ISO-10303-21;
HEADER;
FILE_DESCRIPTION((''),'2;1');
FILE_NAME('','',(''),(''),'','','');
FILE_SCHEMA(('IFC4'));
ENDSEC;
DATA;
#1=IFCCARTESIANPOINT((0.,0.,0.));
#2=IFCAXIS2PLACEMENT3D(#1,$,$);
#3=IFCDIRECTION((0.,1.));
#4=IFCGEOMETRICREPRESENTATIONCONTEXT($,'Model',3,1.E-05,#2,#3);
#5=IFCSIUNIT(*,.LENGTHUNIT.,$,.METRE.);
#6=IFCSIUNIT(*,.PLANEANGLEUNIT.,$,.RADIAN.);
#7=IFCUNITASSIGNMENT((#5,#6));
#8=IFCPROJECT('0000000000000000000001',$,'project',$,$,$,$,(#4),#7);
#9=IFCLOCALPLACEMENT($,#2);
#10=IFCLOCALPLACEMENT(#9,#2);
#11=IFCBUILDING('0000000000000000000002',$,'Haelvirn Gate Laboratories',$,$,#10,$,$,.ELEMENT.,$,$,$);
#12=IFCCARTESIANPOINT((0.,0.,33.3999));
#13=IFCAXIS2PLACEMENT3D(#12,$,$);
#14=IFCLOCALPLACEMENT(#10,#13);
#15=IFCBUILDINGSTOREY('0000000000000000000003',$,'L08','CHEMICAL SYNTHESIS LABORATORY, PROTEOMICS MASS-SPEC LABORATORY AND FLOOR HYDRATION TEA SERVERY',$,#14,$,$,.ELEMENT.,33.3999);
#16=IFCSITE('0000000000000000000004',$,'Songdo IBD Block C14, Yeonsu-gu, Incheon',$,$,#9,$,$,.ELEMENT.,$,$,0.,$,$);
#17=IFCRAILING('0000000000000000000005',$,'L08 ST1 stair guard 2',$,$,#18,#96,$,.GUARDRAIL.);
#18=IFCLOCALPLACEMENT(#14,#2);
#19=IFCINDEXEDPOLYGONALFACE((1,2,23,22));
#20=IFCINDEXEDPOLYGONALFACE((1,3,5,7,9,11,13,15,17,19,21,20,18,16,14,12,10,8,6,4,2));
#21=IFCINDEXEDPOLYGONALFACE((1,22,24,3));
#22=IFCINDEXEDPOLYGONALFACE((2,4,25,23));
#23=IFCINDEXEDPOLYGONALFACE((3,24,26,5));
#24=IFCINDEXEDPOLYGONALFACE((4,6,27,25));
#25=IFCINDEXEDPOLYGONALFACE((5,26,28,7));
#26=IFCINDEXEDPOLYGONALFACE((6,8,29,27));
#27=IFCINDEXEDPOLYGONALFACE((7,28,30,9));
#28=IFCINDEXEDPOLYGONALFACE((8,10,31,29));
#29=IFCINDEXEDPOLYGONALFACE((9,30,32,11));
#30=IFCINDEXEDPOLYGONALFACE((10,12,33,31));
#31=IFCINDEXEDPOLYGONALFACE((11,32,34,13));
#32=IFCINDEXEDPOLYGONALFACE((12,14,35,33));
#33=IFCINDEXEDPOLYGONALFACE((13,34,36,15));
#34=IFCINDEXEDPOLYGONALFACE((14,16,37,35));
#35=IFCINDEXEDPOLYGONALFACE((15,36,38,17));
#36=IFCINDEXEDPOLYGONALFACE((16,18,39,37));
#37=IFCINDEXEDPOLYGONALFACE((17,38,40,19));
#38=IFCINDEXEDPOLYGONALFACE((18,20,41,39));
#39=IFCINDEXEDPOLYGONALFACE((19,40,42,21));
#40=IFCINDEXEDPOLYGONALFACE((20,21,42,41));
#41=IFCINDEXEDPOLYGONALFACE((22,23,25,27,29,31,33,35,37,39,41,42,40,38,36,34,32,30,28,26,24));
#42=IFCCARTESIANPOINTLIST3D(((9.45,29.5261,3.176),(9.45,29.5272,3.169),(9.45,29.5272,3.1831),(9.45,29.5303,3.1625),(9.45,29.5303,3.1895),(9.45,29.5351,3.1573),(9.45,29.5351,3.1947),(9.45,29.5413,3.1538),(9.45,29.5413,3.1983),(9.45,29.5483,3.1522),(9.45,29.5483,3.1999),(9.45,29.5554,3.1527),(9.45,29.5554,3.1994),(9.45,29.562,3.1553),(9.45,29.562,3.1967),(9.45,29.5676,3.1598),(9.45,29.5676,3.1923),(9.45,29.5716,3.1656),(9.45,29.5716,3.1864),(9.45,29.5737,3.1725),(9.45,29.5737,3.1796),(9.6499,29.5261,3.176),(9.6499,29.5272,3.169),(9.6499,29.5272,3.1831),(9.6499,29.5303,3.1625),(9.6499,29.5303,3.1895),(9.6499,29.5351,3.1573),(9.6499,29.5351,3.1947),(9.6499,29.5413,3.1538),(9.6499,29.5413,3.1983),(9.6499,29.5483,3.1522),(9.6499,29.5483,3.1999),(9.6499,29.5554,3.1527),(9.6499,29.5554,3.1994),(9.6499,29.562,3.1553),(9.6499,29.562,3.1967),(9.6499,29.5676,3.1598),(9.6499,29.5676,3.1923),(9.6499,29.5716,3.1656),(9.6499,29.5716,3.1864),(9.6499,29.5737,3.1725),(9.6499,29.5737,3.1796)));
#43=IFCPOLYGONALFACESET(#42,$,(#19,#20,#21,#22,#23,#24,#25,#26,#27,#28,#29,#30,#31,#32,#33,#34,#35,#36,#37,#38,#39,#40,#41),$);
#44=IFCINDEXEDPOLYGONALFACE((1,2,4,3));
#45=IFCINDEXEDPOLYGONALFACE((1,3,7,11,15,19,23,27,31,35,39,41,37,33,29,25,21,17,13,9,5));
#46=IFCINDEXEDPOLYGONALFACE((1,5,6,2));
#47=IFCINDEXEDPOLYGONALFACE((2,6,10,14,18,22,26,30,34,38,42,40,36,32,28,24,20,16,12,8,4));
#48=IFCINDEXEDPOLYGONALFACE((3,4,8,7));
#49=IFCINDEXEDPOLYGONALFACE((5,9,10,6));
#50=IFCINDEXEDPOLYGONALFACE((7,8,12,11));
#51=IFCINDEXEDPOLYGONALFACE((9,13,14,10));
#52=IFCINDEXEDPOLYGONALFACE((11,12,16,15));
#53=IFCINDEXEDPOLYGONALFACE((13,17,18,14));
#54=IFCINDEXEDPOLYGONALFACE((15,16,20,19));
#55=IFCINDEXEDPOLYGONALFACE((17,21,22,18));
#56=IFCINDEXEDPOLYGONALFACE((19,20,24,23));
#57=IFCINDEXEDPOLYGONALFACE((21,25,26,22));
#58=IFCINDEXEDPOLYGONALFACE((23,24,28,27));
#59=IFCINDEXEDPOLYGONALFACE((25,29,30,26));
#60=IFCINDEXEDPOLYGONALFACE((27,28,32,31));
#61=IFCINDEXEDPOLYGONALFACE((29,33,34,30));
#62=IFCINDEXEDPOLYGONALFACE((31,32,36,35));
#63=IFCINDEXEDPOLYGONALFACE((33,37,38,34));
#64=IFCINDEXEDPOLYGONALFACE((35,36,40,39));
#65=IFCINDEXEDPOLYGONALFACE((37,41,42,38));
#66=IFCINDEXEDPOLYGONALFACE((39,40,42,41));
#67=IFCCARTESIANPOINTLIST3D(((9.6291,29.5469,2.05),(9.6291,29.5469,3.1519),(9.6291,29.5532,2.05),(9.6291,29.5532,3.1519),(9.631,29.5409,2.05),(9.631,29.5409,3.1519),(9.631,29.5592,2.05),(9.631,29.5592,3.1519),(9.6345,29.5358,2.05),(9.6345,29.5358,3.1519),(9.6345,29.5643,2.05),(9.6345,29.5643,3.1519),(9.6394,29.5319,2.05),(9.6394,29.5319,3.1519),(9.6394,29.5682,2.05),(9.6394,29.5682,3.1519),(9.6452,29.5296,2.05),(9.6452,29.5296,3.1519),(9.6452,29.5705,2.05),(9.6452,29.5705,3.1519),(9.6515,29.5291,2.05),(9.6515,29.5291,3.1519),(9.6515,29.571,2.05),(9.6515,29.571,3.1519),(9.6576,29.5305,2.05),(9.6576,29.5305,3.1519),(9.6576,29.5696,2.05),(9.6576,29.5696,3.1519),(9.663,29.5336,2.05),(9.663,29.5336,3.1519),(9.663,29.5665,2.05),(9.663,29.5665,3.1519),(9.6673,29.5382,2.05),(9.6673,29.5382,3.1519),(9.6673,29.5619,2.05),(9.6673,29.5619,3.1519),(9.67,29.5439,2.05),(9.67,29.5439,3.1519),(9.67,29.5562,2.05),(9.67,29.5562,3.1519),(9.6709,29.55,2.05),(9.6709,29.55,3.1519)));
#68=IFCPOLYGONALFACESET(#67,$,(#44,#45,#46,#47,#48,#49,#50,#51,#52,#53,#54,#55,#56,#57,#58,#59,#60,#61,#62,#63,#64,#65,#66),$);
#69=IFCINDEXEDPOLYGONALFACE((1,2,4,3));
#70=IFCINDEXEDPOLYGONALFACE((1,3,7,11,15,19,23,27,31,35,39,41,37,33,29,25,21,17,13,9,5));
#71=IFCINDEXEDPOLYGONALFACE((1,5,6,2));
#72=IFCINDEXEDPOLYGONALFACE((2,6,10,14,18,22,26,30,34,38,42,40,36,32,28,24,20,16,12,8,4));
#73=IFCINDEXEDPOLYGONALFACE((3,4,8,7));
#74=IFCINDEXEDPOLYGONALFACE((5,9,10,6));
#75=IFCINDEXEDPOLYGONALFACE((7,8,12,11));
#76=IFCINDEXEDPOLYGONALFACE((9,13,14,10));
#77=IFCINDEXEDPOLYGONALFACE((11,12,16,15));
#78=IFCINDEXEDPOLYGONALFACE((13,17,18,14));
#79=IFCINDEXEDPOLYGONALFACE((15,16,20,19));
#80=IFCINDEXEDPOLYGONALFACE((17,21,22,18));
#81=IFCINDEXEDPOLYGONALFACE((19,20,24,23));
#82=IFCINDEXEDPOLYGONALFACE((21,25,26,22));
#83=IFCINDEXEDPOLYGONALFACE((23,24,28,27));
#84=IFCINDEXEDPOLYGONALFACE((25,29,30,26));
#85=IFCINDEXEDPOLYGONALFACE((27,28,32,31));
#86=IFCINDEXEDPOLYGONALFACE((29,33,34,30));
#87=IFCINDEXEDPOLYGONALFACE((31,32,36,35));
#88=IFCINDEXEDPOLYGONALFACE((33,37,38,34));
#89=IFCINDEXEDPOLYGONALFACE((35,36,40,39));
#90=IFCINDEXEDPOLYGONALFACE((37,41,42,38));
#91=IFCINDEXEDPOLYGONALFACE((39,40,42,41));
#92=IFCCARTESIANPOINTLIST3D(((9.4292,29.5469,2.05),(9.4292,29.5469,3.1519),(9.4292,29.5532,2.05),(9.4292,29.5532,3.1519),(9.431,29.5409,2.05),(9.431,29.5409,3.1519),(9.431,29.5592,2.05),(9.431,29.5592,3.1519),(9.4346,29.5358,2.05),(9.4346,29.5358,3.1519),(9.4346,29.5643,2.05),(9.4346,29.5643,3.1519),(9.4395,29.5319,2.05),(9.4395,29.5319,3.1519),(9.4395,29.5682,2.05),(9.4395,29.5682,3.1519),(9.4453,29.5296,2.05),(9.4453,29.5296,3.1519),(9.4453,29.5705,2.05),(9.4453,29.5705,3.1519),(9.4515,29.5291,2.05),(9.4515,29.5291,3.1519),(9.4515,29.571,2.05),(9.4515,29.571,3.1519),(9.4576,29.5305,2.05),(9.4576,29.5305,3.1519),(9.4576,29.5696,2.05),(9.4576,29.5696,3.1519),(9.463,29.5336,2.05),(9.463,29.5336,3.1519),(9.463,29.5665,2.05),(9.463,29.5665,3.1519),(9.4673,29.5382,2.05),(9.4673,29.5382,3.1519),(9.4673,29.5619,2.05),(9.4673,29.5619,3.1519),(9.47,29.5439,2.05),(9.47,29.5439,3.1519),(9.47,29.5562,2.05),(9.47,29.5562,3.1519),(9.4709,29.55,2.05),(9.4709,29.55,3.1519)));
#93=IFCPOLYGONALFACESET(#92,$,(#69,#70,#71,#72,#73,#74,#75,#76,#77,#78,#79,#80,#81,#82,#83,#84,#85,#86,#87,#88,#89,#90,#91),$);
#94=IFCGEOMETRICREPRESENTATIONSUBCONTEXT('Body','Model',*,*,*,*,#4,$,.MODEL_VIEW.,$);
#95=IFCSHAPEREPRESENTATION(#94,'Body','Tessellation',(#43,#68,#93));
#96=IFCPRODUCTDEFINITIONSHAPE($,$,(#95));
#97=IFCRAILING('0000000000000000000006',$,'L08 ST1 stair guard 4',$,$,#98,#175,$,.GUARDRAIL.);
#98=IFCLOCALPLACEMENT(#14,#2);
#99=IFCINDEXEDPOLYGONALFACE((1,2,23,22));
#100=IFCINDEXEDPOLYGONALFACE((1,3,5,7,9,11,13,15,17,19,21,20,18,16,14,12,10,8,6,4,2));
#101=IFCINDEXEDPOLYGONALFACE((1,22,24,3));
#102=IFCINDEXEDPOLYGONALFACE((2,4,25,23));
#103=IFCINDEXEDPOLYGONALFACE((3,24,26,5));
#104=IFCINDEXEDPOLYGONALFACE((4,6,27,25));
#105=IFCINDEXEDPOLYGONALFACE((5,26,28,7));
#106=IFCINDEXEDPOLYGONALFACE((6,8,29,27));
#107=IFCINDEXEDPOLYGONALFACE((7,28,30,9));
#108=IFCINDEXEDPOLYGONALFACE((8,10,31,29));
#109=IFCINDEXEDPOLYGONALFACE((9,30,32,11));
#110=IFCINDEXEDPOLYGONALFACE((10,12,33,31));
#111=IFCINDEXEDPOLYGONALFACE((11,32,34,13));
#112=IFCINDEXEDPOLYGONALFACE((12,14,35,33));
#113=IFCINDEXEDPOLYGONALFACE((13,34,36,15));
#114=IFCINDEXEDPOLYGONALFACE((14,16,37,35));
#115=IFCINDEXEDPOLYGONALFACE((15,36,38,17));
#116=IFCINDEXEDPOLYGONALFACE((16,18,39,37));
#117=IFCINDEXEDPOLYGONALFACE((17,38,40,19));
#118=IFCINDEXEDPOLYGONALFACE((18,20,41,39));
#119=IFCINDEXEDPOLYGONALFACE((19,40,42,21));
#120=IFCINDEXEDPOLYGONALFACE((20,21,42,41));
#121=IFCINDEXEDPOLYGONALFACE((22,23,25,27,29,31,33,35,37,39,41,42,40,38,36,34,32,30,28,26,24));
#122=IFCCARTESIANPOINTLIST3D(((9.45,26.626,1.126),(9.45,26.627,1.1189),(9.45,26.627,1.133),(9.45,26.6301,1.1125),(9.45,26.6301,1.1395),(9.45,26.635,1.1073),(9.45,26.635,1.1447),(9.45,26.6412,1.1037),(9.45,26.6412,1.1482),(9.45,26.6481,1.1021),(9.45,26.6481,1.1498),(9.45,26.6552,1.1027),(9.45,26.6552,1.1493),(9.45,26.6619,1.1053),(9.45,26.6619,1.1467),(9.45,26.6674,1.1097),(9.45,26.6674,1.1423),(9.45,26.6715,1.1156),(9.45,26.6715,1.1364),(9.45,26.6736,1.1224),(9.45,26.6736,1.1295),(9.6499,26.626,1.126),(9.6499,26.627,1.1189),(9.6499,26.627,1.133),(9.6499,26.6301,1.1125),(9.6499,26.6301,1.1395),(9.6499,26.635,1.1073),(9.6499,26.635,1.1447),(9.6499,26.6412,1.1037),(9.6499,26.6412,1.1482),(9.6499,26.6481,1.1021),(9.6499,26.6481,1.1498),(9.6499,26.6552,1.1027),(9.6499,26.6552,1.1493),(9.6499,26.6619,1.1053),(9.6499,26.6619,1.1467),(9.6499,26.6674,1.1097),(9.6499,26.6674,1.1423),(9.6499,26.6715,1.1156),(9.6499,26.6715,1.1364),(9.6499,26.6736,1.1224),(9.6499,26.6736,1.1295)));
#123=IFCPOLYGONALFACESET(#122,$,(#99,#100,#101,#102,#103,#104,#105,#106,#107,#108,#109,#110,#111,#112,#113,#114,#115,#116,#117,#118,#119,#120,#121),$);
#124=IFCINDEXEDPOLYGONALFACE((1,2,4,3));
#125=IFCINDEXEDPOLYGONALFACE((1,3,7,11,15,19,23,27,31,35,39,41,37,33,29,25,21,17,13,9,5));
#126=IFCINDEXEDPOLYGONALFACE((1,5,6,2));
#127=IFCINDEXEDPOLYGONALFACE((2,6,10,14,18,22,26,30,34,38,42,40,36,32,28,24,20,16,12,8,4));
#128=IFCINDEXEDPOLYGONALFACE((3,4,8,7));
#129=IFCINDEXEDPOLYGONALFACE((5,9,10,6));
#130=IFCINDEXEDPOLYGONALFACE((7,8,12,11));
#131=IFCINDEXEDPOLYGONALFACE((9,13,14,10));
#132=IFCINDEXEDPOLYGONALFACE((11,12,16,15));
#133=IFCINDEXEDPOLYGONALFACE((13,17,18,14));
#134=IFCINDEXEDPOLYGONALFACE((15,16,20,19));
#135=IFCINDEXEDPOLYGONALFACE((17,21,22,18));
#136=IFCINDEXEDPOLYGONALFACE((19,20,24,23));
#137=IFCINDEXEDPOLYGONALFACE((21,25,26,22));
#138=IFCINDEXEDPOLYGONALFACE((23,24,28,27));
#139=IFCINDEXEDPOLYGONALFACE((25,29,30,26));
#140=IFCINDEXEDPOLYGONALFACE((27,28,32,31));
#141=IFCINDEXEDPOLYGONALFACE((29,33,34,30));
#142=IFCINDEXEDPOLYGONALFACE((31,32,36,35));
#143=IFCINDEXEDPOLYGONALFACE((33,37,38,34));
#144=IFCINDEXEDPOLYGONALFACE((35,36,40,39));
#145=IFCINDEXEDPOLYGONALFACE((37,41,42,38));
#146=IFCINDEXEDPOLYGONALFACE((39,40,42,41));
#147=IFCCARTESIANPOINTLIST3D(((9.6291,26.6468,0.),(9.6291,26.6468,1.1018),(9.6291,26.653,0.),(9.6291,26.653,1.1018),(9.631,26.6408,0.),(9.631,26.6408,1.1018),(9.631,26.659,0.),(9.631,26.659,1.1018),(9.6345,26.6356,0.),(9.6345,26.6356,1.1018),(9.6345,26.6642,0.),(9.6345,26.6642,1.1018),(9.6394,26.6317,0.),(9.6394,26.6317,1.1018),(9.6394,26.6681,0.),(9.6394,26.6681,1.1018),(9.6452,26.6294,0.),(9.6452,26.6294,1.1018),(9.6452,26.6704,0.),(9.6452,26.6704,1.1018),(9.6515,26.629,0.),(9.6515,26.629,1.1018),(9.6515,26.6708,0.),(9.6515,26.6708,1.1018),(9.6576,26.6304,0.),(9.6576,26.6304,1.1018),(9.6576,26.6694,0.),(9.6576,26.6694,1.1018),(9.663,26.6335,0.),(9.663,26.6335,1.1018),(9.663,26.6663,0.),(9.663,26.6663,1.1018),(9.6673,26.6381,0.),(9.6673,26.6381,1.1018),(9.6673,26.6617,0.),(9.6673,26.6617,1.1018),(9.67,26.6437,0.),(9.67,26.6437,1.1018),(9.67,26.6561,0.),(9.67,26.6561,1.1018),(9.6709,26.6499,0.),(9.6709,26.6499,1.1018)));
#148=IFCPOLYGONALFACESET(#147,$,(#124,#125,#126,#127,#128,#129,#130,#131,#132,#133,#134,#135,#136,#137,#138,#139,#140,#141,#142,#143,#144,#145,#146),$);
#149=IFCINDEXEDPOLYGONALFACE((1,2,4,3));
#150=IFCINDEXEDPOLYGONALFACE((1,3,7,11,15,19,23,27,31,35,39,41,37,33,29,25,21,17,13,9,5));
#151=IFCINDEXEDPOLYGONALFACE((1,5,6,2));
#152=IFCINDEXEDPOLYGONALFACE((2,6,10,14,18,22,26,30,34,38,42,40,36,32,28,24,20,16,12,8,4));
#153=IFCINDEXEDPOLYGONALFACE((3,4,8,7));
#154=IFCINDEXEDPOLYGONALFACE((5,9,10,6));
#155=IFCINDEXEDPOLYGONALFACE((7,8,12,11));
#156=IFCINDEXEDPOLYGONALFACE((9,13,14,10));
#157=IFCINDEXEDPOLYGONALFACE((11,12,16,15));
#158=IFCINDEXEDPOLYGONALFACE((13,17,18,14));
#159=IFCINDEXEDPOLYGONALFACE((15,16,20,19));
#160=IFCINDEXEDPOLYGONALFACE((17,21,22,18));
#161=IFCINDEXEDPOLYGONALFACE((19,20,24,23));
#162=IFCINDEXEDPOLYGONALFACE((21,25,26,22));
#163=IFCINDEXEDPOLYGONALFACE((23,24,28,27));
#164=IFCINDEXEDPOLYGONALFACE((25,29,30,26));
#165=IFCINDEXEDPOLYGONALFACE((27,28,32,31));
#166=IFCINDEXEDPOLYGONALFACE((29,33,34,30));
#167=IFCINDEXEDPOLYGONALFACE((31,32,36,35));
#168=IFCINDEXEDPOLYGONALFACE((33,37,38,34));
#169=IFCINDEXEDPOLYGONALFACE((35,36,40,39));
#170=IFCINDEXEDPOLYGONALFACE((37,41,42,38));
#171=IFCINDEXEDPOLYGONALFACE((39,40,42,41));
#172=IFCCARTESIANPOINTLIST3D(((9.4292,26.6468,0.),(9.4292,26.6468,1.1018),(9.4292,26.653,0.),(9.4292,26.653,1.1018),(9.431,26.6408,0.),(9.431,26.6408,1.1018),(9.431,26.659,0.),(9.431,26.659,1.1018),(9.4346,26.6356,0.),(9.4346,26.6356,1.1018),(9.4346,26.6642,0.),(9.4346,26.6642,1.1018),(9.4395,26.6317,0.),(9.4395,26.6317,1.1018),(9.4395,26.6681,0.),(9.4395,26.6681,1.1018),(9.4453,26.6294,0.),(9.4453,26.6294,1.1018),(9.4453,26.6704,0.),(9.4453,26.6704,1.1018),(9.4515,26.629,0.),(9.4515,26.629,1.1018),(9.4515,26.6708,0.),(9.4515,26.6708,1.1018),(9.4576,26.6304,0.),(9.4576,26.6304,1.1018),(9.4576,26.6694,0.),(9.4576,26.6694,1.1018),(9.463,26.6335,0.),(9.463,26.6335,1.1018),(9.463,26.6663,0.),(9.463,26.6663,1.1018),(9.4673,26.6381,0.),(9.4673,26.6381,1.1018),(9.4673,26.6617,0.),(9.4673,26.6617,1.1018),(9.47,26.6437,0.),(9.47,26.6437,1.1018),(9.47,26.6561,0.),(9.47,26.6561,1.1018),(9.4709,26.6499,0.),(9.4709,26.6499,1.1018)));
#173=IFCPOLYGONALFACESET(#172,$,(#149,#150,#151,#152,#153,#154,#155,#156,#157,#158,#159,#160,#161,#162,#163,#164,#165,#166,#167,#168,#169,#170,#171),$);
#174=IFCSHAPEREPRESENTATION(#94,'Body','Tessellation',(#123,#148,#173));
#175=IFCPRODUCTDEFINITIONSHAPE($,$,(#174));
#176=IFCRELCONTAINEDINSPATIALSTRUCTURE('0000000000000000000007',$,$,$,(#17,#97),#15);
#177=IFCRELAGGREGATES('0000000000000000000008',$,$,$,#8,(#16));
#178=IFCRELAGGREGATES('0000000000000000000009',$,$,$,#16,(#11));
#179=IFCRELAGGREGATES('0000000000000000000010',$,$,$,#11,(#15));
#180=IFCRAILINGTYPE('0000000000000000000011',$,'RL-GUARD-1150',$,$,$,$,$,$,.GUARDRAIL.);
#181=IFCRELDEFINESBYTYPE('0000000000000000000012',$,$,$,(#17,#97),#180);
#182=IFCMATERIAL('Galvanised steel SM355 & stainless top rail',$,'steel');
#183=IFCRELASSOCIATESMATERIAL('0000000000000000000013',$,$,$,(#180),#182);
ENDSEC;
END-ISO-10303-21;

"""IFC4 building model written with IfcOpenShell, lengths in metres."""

from ifc_helpers import new_model, si_unit, direction, frame, origin, origin_2d, place, context, subcontext, project, spatial, circle, extrude, source, transform, mapped, material, type_object, element, save


model = new_model("IFC4")

# Units and contexts
model_context = context("Model", 3, precision=1e-05, world=origin(), true_north=direction((0.0, 1.0)))
body_context = subcontext(model_context, "Body", "Model", "MODEL_VIEW")
ifc_project = project(units=[si_unit("LENGTHUNIT", "METRE"), si_unit("PLANEANGLEUNIT", "RADIAN")], contexts=[model_context])

# Site, building, storey
site_placement = place(None, origin())
site = spatial("IfcSite", under=ifc_project, at=site_placement, Name="Songdo IBD Block C14, Yeonsu-gu, Incheon", CompositionType="ELEMENT", RefElevation=0.0)
building_placement = place(site_placement, origin())
building = spatial("IfcBuilding", under=site, at=building_placement, Name="Haelvirn Gate Laboratories", CompositionType="ELEMENT")
storey_placement = place(building_placement, frame((0.0, 0.0, 33.3999)))
storey = spatial("IfcBuildingStorey", under=building, at=storey_placement, Name="L08", Description="CHEMICAL SYNTHESIS LABORATORY, PROTEOMICS MASS-SPEC LABORATORY AND FLOOR HYDRATION TEA SERVERY", CompositionType="ELEMENT", Elevation=33.3999)

# Railings
ifc_material_1 = material(Name="Galvanised steel SM355 & stainless top rail", Category="steel")
railing_type_1 = type_object("IfcRailingType", Name="RL-GUARD-1150", PredefinedType="GUARDRAIL", material=ifc_material_1)
shared_shape_1 = source(origin(), body_context, "Body", "SweptSolid", [
    extrude(circle(Radius=0.0239, at=origin_2d()), frame((0.0, 0.0, 1.126), z_axis=(-1.0, 0.0, 0.0), x_axis=(0.0, -1.0, 0.0)), (0.0, 0.0, 1.0), 0.2),
    extrude(circle(Radius=0.021, at=origin_2d()), origin(), (0.0, 0.0, 1.0), 1.1018),
    extrude(circle(Radius=0.021, at=origin_2d()), frame((-0.2, 0.0, 0.0)), (0.0, 0.0, 1.0), 1.1018),
])
for number, where, name in (
    (1, (9.6499, 29.55, 2.05), "L08 ST1 stair guard 2"),
    (2, (9.6499, 26.6499, 0.0), "L08 ST1 stair guard 4"),
):
    element("IfcRailing", number, at=place(storey_placement, frame(where)), inside=storey, type_object=railing_type_1, Name=name, PredefinedType="GUARDRAIL", context=body_context, shape_type="MappedRepresentation", body=[
        mapped(shared_shape_1, transform((0.0, 0.0, 0.0), scale=1.0)),
    ])

save(model, "model.ifc")
